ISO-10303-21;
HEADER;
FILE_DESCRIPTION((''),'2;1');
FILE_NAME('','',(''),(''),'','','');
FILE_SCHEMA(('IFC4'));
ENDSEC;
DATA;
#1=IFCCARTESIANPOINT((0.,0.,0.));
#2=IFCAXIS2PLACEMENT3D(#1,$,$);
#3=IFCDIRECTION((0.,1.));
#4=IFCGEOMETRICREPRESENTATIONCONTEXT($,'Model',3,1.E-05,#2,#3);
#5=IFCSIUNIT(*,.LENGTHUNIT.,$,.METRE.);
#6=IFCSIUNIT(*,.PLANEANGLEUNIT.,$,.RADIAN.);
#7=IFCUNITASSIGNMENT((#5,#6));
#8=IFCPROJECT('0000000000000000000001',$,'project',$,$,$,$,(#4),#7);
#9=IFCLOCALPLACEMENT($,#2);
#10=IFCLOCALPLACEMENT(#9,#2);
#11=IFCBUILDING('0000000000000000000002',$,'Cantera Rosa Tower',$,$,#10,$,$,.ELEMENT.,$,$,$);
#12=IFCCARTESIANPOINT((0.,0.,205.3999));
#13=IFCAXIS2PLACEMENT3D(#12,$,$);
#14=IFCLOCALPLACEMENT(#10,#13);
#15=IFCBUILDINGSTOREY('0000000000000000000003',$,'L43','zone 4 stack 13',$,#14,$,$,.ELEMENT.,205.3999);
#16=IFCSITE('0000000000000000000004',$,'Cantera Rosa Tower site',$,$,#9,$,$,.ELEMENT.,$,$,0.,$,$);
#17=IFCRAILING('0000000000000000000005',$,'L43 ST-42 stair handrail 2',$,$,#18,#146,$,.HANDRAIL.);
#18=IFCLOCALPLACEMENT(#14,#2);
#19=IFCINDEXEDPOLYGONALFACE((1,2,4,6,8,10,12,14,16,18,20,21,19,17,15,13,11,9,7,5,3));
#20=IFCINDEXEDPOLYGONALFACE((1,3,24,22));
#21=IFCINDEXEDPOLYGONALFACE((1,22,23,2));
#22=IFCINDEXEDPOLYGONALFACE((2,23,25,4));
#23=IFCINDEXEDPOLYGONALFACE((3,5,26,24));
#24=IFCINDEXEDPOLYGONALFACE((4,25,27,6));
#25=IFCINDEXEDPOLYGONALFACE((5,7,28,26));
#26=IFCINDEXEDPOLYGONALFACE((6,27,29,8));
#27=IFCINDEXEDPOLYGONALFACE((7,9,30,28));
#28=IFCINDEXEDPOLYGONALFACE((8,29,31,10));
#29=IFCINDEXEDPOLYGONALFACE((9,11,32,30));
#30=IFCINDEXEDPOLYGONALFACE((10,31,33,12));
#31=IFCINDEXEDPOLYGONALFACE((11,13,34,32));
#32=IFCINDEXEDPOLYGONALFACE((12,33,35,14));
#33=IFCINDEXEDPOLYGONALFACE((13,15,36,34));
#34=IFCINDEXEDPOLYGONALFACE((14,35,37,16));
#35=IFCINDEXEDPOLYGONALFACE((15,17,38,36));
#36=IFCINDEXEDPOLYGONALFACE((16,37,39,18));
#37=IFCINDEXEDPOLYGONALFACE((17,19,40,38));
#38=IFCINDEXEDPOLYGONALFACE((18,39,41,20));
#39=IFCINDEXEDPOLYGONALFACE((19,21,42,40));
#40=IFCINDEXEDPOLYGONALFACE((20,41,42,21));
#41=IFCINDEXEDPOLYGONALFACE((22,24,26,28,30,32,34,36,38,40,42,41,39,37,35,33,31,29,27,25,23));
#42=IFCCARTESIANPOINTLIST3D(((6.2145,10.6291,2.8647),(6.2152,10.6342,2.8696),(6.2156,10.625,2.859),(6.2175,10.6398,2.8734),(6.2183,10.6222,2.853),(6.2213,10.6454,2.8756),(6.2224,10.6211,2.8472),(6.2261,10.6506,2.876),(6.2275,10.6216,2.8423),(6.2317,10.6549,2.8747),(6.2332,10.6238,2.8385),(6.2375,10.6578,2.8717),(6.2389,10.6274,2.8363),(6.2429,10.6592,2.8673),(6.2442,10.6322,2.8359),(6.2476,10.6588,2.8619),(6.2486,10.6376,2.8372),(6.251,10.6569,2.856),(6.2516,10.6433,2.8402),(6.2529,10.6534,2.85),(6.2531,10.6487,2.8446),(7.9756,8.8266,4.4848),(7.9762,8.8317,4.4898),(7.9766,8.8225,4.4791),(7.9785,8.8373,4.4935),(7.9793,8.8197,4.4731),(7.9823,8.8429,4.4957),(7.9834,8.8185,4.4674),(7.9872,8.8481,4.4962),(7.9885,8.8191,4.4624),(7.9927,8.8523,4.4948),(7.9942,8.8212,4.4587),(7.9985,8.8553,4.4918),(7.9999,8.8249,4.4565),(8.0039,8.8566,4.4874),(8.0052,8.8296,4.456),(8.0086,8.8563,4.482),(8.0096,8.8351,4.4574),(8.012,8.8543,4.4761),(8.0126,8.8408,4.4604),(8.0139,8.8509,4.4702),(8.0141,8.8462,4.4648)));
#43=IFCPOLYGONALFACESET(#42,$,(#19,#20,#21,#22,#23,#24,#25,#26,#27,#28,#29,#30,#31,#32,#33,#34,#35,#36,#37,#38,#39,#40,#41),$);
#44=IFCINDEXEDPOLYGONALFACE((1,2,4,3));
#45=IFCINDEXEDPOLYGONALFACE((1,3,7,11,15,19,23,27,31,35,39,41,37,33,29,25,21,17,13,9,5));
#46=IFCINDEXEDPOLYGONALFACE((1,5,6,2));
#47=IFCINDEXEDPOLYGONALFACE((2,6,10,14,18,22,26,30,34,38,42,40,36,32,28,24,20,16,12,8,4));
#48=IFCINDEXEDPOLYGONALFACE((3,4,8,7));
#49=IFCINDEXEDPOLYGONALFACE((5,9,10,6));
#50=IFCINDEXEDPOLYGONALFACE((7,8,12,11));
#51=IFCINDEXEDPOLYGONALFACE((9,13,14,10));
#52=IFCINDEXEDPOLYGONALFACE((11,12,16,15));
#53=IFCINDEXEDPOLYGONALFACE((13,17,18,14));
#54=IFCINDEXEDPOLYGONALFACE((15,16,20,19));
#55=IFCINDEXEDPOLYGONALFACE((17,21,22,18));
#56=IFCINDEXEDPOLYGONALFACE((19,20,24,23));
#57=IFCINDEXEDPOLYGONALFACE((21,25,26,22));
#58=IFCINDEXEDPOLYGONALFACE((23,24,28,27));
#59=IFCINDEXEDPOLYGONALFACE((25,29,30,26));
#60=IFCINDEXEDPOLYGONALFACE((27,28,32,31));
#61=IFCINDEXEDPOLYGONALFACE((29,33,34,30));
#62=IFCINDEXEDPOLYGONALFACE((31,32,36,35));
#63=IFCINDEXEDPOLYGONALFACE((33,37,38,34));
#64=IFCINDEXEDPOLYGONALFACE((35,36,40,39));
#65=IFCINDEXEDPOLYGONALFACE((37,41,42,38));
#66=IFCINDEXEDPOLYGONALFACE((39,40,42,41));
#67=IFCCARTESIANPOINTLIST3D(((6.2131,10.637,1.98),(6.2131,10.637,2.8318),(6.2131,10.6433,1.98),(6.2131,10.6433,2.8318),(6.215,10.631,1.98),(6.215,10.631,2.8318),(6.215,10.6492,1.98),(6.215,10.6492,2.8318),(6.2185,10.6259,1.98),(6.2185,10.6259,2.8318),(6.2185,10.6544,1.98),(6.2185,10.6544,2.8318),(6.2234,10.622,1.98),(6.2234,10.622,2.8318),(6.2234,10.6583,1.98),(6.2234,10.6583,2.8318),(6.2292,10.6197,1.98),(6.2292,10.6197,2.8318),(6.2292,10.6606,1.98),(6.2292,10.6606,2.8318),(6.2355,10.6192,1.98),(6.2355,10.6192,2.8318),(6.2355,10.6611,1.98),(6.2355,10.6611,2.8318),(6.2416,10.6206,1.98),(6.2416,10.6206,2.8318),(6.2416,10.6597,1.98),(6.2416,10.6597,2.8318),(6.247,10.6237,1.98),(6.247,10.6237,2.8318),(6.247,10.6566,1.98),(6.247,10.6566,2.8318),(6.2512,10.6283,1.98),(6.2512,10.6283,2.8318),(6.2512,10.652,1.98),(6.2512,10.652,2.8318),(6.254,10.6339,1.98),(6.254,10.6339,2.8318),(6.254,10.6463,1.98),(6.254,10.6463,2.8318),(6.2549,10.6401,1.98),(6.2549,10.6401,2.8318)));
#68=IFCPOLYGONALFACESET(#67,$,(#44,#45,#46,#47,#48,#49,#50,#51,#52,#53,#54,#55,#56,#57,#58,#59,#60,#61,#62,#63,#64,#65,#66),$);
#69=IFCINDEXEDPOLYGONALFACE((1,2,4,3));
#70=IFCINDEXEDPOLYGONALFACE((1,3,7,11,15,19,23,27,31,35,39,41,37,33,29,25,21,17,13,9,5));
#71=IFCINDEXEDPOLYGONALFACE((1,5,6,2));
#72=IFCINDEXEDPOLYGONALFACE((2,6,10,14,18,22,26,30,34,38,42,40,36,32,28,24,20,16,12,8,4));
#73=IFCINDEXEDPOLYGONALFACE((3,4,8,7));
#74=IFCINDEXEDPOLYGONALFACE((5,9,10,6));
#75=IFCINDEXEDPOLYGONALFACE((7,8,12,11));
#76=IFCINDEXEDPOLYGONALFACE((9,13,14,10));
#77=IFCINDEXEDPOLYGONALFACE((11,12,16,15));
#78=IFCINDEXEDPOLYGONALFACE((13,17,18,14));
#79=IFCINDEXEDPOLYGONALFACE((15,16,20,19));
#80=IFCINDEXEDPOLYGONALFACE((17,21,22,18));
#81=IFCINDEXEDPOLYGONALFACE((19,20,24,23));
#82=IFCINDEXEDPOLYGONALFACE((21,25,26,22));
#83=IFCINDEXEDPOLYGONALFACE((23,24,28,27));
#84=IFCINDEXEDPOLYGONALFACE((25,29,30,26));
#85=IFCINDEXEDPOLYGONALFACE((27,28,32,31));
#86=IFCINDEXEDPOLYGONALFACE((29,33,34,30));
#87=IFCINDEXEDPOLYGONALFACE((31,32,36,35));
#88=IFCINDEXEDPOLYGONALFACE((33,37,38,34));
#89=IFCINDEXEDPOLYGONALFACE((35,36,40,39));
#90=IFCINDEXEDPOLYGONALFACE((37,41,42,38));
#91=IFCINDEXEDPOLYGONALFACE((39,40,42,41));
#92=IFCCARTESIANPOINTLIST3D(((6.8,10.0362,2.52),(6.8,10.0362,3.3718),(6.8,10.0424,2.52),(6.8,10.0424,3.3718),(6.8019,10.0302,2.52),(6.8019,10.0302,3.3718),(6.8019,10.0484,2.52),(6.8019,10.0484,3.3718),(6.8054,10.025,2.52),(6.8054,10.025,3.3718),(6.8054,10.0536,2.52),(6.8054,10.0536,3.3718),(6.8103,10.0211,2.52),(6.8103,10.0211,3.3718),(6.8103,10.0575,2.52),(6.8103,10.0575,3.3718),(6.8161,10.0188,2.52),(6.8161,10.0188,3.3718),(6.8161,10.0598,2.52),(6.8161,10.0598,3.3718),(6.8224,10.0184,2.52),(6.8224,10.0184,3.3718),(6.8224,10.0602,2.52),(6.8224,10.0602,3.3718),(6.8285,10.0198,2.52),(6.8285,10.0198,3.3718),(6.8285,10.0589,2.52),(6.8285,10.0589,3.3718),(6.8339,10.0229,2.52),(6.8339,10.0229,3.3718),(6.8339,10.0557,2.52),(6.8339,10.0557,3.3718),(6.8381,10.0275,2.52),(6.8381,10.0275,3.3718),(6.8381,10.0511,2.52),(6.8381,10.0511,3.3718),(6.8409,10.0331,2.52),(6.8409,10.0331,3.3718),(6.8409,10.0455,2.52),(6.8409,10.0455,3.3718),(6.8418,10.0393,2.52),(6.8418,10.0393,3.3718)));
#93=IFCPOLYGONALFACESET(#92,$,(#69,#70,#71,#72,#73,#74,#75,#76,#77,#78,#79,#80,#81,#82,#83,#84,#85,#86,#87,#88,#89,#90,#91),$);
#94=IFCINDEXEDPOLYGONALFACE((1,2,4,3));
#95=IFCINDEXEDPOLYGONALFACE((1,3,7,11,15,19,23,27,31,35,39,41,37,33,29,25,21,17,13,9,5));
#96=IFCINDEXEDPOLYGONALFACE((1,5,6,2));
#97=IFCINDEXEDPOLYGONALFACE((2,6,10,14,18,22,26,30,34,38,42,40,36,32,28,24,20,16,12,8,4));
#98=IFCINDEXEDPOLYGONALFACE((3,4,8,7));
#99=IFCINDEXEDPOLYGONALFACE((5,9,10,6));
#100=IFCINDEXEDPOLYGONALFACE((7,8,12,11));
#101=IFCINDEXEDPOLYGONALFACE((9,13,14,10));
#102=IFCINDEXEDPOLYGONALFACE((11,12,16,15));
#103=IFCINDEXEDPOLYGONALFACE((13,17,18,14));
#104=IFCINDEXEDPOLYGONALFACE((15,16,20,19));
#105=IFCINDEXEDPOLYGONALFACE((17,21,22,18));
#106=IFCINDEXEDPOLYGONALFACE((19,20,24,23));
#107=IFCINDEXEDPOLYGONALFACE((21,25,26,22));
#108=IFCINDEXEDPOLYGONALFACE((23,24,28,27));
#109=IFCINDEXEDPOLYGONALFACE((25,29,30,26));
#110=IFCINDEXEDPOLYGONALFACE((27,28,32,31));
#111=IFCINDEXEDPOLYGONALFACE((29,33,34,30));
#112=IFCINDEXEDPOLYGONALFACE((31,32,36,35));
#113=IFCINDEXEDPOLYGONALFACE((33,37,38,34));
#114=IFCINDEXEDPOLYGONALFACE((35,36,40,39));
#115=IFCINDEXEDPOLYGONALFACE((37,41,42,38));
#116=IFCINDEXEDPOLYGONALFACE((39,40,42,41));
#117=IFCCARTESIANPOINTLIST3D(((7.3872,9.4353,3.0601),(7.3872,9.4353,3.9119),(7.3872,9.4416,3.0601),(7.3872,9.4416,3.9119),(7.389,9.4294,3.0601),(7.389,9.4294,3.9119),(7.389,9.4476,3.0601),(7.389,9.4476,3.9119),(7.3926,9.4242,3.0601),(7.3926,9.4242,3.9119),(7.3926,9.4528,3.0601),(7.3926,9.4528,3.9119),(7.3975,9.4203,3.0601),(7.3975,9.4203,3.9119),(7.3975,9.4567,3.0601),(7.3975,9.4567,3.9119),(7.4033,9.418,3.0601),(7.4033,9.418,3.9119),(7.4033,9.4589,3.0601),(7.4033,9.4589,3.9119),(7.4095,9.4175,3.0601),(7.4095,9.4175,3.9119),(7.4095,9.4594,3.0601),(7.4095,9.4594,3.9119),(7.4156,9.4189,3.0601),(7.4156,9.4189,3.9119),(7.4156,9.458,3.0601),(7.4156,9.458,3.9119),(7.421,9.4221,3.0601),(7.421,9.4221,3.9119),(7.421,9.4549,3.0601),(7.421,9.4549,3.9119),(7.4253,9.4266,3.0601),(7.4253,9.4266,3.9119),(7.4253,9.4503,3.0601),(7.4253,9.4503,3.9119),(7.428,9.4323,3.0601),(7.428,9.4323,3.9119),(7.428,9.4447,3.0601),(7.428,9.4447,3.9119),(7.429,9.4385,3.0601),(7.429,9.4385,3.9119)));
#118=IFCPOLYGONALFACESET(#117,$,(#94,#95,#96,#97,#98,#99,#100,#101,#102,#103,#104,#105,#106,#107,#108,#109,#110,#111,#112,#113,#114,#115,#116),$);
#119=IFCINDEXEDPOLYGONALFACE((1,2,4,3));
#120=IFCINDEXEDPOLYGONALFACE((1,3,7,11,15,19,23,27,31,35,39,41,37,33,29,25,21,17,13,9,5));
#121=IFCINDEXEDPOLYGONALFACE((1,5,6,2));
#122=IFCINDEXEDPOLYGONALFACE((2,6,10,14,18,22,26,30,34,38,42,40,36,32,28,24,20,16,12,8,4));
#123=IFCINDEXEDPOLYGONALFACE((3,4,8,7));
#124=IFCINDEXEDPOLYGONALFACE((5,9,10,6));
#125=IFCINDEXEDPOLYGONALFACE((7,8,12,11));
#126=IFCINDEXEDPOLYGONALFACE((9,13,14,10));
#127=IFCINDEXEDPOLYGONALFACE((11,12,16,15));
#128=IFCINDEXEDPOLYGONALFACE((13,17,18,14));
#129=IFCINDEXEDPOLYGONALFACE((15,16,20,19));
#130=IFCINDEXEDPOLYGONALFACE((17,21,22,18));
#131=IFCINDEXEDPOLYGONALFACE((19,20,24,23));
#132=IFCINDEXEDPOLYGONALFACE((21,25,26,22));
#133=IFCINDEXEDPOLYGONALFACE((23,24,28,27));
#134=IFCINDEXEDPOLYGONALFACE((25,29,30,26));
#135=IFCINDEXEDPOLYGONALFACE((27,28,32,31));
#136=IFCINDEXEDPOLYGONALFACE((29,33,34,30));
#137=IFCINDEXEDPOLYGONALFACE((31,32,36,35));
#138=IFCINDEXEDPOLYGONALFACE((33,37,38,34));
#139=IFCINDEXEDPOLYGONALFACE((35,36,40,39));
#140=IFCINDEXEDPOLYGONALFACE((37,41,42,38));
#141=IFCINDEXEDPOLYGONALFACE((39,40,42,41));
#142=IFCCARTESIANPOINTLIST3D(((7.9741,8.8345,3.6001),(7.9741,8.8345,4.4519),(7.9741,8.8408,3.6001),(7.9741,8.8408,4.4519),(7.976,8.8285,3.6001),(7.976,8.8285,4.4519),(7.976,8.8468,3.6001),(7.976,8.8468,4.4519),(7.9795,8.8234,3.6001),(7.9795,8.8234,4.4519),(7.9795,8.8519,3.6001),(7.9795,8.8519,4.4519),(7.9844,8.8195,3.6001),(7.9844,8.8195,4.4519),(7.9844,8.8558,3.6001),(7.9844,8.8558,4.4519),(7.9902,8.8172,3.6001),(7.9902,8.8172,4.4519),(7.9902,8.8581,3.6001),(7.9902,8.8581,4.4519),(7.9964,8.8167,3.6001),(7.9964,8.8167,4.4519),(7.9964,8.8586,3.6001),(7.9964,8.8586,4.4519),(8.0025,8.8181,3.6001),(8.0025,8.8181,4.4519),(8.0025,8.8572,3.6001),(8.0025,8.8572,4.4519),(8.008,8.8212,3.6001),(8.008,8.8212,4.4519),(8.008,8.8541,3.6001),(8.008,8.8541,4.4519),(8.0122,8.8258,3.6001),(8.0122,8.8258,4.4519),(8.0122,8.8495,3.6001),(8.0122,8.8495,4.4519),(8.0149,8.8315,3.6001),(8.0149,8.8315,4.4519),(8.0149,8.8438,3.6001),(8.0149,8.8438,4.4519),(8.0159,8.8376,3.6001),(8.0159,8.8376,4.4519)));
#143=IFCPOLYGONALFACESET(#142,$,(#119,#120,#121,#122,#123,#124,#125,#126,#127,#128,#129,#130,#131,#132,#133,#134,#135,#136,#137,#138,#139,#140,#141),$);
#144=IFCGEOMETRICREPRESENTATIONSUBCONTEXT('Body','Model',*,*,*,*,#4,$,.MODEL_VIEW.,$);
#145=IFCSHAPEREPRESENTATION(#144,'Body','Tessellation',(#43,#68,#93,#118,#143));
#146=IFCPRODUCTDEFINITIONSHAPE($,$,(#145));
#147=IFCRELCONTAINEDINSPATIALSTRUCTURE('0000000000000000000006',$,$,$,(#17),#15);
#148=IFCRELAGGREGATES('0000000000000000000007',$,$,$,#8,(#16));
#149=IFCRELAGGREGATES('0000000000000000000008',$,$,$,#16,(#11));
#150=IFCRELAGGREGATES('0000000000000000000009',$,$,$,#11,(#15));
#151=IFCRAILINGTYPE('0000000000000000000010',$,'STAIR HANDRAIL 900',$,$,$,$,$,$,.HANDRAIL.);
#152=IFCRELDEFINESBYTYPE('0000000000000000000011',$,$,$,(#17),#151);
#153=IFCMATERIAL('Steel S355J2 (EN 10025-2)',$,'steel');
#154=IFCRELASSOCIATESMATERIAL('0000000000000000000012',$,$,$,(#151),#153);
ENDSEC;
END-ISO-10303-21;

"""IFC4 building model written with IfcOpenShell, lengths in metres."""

from ifc_helpers import new_model, si_unit, direction, frame, origin, origin_2d, place, context, subcontext, project, spatial, circle, extrude, material, type_object, element, save


model = new_model("IFC4")

# Units and contexts
model_context = context("Model", 3, precision=1e-05, world=origin(), true_north=direction((0.0, 1.0)))
body_context = subcontext(model_context, "Body", "Model", "MODEL_VIEW")
ifc_project = project(units=[si_unit("LENGTHUNIT", "METRE"), si_unit("PLANEANGLEUNIT", "RADIAN")], contexts=[model_context])

# Site, building, storey
site_placement = place(None, origin())
site = spatial("IfcSite", under=ifc_project, at=site_placement, Name="Cantera Rosa Tower site", CompositionType="ELEMENT", RefElevation=0.0)
building_placement = place(site_placement, origin())
building = spatial("IfcBuilding", under=site, at=building_placement, Name="Cantera Rosa Tower", CompositionType="ELEMENT")
storey_placement = place(building_placement, frame((0.0, 0.0, 205.3999)))
storey = spatial("IfcBuildingStorey", under=building, at=storey_placement, Name="L43", Description="zone 4 stack 13", CompositionType="ELEMENT", Elevation=205.3999)

# Railing
ifc_material_1 = material(Name="Steel S355J2 (EN 10025-2)", Category="steel")
railing_type_1 = type_object("IfcRailingType", Name="STAIR HANDRAIL 900", PredefinedType="HANDRAIL", material=ifc_material_1)
railing_1_placement = place(storey_placement, frame((6.2339, 10.6401, 1.98)))
element("IfcRailing", 1, at=railing_1_placement, inside=storey, type_object=railing_type_1, Name="L43 ST-42 stair handrail 2", PredefinedType="HANDRAIL", context=body_context, shape_type="SweptSolid", body=[
    extrude(circle(Radius=0.0239, at=origin_2d()), frame((0.0, 0.0, 0.876), z_axis=(0.587818, -0.601672, 0.540796), x_axis=(0.715294, 0.698824, 0.0)), (0.0, 0.0, 1.0), 2.9958),
    extrude(circle(Radius=0.021, at=origin_2d()), origin(), (0.0, 0.0, 1.0), 0.8518),
    extrude(circle(Radius=0.021, at=origin_2d()), frame((0.5869, -0.6008, 0.54)), (0.0, 0.0, 1.0), 0.8518),
    extrude(circle(Radius=0.021, at=origin_2d()), frame((1.1741, -1.2017, 1.0801)), (0.0, 0.0, 1.0), 0.8518),
    extrude(circle(Radius=0.021, at=origin_2d()), frame((1.761, -1.8025, 1.6201)), (0.0, 0.0, 1.0), 0.8518),
])

save(model, "model.ifc")
